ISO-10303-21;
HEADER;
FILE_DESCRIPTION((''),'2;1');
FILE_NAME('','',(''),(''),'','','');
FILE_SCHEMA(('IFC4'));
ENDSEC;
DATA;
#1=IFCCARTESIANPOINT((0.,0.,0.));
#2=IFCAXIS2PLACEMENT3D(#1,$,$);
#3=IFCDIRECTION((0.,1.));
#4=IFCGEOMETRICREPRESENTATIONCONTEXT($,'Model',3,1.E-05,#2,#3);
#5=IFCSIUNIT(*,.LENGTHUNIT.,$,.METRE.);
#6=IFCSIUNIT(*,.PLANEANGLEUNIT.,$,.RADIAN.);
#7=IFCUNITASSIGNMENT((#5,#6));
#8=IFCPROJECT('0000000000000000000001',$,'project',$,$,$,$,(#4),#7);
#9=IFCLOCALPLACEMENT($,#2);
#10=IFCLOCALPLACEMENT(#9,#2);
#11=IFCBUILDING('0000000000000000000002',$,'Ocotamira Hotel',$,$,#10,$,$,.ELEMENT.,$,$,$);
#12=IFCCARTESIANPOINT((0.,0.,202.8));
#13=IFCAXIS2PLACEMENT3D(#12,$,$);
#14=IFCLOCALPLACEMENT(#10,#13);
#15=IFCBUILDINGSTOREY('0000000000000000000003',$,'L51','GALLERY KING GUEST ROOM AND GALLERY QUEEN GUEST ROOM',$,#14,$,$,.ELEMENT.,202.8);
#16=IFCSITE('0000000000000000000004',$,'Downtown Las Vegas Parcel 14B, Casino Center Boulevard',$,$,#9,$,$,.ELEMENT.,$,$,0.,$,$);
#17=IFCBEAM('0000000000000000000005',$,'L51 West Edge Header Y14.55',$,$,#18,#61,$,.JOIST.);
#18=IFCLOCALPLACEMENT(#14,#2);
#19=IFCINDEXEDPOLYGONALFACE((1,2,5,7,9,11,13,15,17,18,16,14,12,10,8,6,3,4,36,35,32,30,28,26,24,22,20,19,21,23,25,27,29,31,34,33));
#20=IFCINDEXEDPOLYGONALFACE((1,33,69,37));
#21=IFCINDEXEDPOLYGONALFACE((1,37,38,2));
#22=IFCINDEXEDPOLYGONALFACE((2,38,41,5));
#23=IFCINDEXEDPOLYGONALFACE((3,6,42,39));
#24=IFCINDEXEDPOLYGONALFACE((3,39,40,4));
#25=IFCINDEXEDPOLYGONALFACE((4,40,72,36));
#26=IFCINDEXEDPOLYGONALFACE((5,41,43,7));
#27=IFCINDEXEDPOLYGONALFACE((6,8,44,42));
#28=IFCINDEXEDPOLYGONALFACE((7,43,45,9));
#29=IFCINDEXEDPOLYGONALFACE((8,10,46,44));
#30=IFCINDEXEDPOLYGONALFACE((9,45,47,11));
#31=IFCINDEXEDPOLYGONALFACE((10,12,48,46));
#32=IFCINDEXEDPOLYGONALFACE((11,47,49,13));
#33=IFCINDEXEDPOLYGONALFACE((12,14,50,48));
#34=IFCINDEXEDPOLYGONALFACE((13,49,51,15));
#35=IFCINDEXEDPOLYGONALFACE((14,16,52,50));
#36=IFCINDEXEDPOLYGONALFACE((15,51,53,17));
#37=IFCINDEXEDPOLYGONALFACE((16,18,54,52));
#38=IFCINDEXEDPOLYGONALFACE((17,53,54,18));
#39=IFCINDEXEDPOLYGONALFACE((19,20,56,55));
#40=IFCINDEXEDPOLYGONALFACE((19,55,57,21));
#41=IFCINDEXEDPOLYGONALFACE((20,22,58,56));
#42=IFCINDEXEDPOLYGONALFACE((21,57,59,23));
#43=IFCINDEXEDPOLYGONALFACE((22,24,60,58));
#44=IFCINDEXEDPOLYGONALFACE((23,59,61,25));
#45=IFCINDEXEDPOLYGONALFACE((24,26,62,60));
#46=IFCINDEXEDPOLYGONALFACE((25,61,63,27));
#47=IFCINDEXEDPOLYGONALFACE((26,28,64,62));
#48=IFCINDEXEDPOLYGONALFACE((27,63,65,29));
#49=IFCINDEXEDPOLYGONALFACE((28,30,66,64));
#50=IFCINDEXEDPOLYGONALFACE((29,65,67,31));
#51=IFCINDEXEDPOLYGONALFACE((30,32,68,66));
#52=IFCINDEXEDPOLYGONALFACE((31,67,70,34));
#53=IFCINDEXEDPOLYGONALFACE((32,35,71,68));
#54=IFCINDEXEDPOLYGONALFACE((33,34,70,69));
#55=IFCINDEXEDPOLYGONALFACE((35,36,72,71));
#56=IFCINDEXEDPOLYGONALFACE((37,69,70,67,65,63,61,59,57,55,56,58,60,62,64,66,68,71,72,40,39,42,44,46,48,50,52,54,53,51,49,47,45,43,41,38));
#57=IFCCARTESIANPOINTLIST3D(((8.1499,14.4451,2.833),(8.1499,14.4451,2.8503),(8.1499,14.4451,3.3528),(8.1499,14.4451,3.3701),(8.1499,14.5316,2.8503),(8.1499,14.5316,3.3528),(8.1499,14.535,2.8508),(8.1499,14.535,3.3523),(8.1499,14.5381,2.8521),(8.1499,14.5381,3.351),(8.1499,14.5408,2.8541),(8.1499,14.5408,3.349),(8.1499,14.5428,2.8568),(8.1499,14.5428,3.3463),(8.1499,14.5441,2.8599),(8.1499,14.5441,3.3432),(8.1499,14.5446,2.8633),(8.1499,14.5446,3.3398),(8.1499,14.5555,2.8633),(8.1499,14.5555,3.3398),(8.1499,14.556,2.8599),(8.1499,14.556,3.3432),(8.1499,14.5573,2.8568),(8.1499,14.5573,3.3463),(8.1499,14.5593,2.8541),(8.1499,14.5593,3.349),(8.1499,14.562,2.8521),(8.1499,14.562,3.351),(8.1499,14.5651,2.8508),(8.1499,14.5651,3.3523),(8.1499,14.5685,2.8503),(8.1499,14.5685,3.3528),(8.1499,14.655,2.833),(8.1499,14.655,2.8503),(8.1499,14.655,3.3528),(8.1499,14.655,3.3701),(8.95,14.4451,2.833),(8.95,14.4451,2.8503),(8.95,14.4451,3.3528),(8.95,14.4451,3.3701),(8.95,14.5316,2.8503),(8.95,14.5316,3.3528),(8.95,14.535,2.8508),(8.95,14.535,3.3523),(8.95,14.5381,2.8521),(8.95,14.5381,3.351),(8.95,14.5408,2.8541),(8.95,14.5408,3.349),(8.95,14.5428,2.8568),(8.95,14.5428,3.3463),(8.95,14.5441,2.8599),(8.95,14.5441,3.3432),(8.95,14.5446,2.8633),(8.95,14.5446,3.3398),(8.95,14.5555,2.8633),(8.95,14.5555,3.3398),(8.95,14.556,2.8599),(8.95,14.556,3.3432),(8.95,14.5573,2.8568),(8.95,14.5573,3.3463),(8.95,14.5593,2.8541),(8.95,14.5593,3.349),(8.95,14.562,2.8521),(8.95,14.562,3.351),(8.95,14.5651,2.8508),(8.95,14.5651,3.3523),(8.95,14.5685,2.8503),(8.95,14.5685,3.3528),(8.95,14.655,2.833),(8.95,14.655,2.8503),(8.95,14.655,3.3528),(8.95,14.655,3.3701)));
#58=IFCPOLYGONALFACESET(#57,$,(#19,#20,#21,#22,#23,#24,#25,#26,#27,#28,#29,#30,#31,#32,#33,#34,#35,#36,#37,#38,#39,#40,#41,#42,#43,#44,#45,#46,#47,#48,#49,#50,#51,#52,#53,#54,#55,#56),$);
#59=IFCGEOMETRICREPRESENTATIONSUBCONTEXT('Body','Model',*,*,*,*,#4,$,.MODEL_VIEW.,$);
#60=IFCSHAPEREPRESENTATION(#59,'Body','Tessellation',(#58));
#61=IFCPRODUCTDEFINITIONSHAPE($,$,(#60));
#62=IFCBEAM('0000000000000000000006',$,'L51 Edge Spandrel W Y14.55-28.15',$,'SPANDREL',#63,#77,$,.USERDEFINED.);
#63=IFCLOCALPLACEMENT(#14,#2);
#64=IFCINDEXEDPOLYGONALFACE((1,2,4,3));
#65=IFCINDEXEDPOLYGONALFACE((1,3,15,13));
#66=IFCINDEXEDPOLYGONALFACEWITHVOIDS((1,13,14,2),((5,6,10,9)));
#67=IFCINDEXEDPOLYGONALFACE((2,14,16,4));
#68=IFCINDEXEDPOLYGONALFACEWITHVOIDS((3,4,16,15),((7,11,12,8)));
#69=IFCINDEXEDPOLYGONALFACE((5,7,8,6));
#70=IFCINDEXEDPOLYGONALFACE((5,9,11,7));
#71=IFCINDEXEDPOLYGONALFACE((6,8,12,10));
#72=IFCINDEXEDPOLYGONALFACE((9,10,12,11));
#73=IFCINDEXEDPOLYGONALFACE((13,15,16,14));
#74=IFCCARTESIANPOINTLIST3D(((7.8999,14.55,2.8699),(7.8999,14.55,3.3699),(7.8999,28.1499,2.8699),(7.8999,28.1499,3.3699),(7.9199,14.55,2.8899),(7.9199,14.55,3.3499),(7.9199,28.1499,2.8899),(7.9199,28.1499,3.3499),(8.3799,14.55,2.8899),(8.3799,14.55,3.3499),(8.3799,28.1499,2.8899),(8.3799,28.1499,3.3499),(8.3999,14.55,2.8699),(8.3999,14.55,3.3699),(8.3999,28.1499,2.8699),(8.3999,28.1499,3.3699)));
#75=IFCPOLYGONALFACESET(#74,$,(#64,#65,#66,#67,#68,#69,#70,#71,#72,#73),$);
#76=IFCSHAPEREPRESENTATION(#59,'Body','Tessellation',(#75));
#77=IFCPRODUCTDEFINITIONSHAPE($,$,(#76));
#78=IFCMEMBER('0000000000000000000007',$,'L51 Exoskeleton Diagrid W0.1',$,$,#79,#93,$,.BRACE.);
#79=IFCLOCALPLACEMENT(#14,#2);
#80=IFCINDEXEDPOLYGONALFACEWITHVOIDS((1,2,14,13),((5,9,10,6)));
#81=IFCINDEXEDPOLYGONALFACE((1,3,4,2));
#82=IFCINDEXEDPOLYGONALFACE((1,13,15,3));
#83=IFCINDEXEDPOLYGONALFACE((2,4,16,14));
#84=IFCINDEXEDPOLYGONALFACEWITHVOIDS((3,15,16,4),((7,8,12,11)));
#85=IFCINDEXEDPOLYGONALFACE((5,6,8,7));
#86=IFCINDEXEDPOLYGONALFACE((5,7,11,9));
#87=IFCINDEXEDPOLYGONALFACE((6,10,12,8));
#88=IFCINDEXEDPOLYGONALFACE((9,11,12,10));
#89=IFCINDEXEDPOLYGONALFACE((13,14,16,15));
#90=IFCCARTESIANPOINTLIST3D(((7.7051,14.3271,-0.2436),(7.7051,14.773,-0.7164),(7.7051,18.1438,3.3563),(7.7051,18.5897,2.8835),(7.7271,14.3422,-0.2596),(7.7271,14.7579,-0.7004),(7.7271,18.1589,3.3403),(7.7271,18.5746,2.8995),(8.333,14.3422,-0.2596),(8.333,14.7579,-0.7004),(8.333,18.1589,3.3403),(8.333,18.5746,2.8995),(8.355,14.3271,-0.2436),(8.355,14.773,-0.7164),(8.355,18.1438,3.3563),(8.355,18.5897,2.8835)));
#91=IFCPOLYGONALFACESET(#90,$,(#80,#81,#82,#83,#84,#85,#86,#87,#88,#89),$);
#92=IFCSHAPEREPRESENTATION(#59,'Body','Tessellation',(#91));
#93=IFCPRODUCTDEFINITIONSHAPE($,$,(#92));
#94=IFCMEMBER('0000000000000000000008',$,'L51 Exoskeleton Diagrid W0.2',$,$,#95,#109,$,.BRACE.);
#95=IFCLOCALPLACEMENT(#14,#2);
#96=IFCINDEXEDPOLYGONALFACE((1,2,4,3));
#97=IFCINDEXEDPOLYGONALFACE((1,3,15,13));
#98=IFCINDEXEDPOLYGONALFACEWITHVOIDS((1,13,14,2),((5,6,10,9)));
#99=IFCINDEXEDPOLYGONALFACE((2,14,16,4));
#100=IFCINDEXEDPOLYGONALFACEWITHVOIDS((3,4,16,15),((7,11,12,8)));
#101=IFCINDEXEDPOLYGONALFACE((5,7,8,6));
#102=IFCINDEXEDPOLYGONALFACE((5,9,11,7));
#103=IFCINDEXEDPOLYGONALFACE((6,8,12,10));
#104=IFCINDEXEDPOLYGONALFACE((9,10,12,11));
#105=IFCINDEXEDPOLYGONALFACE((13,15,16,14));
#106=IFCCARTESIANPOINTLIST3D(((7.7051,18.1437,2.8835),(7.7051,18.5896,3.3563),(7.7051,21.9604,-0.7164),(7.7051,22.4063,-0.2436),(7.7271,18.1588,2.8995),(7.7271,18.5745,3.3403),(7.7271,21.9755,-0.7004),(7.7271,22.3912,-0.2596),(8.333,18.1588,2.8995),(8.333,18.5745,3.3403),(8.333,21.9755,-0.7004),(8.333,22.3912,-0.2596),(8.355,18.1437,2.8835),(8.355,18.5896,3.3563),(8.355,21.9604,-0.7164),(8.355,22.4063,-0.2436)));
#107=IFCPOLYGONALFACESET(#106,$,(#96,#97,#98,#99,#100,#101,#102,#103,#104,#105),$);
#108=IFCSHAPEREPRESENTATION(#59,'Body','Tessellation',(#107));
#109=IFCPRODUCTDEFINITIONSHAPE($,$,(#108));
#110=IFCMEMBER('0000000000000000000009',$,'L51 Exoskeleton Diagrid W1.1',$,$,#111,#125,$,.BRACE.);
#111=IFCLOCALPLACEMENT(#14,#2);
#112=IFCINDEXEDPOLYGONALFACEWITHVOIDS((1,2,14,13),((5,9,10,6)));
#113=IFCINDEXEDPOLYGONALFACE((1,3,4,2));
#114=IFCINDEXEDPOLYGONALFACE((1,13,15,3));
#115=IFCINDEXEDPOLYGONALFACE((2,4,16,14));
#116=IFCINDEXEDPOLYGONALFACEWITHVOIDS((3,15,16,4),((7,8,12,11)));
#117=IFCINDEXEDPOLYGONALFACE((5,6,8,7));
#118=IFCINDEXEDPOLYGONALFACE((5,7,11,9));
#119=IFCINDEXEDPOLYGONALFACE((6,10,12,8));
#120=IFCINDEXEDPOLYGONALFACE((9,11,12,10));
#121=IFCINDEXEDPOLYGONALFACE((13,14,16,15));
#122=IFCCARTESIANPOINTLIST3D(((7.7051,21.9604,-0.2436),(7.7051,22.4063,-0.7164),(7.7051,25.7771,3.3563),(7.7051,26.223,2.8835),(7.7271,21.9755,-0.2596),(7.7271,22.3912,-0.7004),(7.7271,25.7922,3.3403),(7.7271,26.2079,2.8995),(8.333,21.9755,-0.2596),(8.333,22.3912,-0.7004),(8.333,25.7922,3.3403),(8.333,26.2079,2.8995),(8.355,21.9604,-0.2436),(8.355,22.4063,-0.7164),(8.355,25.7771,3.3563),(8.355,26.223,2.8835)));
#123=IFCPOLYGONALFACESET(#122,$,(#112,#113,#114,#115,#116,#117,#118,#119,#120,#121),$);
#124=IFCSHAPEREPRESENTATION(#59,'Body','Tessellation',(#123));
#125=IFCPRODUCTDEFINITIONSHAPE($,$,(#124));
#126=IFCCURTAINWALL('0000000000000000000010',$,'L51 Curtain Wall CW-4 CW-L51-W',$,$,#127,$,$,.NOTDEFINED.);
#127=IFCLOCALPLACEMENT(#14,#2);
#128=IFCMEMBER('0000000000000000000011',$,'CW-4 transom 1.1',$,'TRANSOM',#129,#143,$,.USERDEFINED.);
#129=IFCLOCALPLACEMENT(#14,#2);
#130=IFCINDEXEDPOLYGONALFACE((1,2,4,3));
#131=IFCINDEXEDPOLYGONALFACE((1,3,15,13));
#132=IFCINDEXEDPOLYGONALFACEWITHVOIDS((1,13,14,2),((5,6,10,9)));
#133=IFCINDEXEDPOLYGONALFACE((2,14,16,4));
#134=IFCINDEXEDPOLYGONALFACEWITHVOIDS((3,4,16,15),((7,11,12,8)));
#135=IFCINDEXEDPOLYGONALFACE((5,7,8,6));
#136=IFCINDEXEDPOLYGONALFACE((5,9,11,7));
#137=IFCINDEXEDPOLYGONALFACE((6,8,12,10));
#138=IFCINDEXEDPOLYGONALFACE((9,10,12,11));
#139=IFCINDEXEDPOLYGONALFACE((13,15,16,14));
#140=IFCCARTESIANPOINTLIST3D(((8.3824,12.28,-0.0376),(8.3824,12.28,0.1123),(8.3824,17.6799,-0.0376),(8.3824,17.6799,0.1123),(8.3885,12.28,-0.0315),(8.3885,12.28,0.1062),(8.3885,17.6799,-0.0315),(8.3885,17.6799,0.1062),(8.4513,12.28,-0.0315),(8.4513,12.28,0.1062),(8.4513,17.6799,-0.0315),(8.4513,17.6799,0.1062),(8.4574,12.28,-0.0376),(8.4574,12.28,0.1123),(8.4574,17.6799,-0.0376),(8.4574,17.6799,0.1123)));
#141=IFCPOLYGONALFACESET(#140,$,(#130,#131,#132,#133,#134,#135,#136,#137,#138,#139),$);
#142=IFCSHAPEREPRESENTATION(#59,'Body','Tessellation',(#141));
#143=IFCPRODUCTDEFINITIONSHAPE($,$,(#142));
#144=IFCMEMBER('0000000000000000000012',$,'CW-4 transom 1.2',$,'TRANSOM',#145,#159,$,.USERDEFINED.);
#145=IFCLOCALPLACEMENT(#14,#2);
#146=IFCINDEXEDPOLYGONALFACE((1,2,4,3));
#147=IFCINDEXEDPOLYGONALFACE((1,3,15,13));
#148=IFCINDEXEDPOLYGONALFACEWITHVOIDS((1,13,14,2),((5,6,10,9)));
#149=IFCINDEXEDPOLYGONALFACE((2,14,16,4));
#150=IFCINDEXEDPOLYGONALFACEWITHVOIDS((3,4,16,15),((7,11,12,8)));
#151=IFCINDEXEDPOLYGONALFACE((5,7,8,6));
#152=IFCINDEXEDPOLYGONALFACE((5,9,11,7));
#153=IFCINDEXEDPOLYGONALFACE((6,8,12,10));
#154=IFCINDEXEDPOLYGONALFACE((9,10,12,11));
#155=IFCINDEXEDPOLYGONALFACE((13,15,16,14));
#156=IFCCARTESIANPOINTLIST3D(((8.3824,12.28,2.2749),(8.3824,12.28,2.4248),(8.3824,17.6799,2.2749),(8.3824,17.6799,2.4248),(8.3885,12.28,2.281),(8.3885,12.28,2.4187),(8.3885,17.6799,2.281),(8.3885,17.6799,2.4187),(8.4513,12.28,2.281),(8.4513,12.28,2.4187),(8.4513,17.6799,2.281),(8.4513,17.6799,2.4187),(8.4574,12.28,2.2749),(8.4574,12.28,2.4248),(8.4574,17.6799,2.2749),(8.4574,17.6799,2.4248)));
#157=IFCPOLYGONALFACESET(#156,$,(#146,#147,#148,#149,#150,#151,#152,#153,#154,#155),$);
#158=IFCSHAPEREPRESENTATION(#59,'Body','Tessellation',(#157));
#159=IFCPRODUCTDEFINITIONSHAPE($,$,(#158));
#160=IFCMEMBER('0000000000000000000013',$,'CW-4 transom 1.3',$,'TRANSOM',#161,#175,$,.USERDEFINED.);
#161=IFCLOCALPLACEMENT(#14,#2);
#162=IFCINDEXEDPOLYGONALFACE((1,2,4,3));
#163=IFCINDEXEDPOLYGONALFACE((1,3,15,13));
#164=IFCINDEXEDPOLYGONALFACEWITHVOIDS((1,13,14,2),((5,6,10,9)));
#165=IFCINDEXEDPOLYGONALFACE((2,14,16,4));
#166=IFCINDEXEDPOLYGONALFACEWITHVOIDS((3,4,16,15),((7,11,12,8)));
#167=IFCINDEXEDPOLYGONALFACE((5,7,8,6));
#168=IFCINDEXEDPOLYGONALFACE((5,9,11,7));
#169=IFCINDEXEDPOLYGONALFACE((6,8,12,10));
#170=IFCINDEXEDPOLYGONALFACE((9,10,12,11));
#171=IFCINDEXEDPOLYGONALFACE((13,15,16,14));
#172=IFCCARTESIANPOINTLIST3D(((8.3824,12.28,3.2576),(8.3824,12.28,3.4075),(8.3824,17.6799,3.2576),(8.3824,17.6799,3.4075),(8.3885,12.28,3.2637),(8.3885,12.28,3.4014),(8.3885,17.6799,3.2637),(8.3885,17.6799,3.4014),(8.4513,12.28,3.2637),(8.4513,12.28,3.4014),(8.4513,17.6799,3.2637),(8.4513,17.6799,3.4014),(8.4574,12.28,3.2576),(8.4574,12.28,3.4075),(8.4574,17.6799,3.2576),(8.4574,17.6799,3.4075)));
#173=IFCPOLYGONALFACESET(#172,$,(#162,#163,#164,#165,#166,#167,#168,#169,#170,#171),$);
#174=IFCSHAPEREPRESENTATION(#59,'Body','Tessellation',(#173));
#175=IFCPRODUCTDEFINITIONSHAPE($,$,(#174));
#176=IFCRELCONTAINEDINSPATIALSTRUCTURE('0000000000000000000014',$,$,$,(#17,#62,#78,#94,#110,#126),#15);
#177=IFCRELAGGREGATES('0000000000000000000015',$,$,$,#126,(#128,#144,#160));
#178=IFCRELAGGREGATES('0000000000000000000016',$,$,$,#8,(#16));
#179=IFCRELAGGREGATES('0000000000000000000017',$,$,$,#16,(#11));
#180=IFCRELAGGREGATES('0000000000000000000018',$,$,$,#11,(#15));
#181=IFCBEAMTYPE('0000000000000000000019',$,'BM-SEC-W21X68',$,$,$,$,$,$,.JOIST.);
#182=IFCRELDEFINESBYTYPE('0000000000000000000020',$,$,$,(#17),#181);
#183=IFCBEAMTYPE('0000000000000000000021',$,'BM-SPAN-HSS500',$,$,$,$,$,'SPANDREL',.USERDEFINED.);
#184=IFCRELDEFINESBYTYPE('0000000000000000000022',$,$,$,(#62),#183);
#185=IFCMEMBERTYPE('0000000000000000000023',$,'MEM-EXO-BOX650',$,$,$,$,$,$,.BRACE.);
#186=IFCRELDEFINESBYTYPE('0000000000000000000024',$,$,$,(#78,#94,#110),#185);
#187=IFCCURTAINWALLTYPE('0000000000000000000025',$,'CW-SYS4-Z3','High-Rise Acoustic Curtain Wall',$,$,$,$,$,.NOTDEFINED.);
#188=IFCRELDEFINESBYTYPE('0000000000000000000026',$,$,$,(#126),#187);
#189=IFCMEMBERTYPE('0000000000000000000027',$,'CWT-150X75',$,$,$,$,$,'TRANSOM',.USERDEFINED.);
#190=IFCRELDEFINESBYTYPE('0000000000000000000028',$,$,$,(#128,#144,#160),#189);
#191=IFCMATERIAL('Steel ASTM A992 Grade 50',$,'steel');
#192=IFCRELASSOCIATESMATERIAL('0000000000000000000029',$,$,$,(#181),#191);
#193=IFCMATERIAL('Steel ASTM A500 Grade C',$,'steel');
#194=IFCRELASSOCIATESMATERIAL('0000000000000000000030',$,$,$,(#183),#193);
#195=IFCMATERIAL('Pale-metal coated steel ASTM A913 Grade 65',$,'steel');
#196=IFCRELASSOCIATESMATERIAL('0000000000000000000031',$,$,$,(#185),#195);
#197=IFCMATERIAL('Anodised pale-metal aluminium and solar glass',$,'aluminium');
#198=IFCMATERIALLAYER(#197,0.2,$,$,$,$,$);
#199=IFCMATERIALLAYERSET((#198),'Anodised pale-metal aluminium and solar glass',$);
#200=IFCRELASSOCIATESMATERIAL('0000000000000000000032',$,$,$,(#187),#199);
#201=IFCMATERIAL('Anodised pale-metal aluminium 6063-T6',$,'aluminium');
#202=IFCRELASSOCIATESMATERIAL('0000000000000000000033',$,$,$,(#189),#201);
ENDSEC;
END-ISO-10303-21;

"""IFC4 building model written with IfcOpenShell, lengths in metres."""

from ifc_helpers import new_model, si_unit, direction, frame, origin, origin_2d, place, context, subcontext, project, spatial, hollow_rectangle, i_section, extrude, source, transform, mapped, material, layer, layer_set, material_profile, profile_set, type_object, element, aggregate, save


model = new_model("IFC4")

# Units and contexts
model_context = context("Model", 3, precision=1e-05, world=origin(), true_north=direction((0.0, 1.0)))
body_context = subcontext(model_context, "Body", "Model", "MODEL_VIEW")
ifc_project = project(units=[si_unit("LENGTHUNIT", "METRE"), si_unit("PLANEANGLEUNIT", "RADIAN")], contexts=[model_context])

# Site, building, storey
site_placement = place(None, origin())
site = spatial("IfcSite", under=ifc_project, at=site_placement, Name="Downtown Las Vegas Parcel 14B, Casino Center Boulevard", CompositionType="ELEMENT", RefElevation=0.0)
building_placement = place(site_placement, origin())
building = spatial("IfcBuilding", under=site, at=building_placement, Name="Ocotamira Hotel", CompositionType="ELEMENT")
storey_placement = place(building_placement, frame((0.0, 0.0, 202.8)))
storey = spatial("IfcBuildingStorey", under=building, at=storey_placement, Name="L51", Description="GALLERY KING GUEST ROOM AND GALLERY QUEEN GUEST ROOM", CompositionType="ELEMENT", Elevation=202.8)

# Beams
ifc_material_1 = material(Name="Steel ASTM A992 Grade 50", Category="steel")
ifc_material_profile_1 = material_profile(ifc_material_1, i_section(OverallWidth=0.21, OverallDepth=0.5371, WebThickness=0.011, FlangeThickness=0.0173, FilletRadius=0.0129, at=origin_2d()), Name="W21X68")
ifc_profile_set_1 = profile_set([ifc_material_profile_1], Name="Steel ASTM A992 Grade 50")
beam_type_1 = type_object("IfcBeamType", Name="BM-SEC-W21X68", PredefinedType="JOIST", material=ifc_profile_set_1)
shared_shape_1 = source(origin(), body_context, "Body", "SweptSolid", [
    extrude(i_section(OverallWidth=0.21, OverallDepth=0.5371, WebThickness=0.011, FlangeThickness=0.0173, FilletRadius=0.0129, at=origin_2d()), origin(), (0.0, 0.0, 1.0), 0.8),
])
beam_1_placement = place(storey_placement, frame((8.95, 14.55, 3.1016), z_axis=(-1.0, 0.0, 0.0), x_axis=(0.0, -1.0, 0.0)))
element("IfcBeam", 1, at=beam_1_placement, inside=storey, type_object=beam_type_1, Name="L51 West Edge Header Y14.55", PredefinedType="JOIST", context=body_context, shape_type="MappedRepresentation", body=[
    mapped(shared_shape_1, transform((0.0, 0.0, 0.0), scale=1.0)),
])
ifc_material_2 = material(Name="Steel ASTM A500 Grade C", Category="steel")
ifc_material_profile_2 = material_profile(ifc_material_2, hollow_rectangle(XDim=0.5, YDim=0.5, WallThickness=0.02, at=origin_2d()), Name="HSS500X500X20")
ifc_profile_set_2 = profile_set([ifc_material_profile_2], Name="Steel ASTM A500 Grade C")
beam_type_2 = type_object("IfcBeamType", Name="BM-SPAN-HSS500", ElementType="SPANDREL", PredefinedType="USERDEFINED", material=ifc_profile_set_2)
shared_shape_2 = source(origin(), body_context, "Body", "SweptSolid", [
    extrude(hollow_rectangle(XDim=0.5, YDim=0.5, WallThickness=0.02, at=origin_2d()), origin(), (0.0, 0.0, 1.0), 13.5999),
])
beam_2_placement = place(storey_placement, frame((8.1499, 14.55, 3.1199), z_axis=(0.0, 1.0, 0.0), x_axis=(-1.0, 0.0, 0.0)))
element("IfcBeam", 2, at=beam_2_placement, inside=storey, type_object=beam_type_2, Name="L51 Edge Spandrel W Y14.55-28.15", ObjectType="SPANDREL", PredefinedType="USERDEFINED", context=body_context, shape_type="MappedRepresentation", body=[
    mapped(shared_shape_2, transform((0.0, 0.0, 0.0), scale=1.0)),
])

# Members
ifc_material_3 = material(Name="Pale-metal coated steel ASTM A913 Grade 65", Category="steel")
ifc_material_profile_3 = material_profile(ifc_material_3, hollow_rectangle(XDim=0.6499, YDim=0.6499, WallThickness=0.022, at=origin_2d()), Name="BOX650X650X22")
ifc_profile_set_3 = profile_set([ifc_material_profile_3], Name="Pale-metal coated steel ASTM A913 Grade 65")
member_type_1 = type_object("IfcMemberType", Name="MEM-EXO-BOX650", PredefinedType="BRACE", material=ifc_profile_set_3)
shared_shape_3 = source(origin(), body_context, "Body", "SweptSolid", [
    extrude(hollow_rectangle(XDim=0.6499, YDim=0.6499, WallThickness=0.022, at=origin_2d()), origin(), (0.0, 0.0, 1.0), 5.2466),
])
for number, where, z_axis, x_axis, name in (
    (3, (8.03, 14.55, -0.48), (0.0, 0.727466, 0.686144), (-1.0, 0.0, 0.0), "L51 Exoskeleton Diagrid W0.1"),
    (4, (8.03, 22.1833, -0.48), (0.0, -0.727466, 0.686144), (1.0, 0.0, 0.0), "L51 Exoskeleton Diagrid W0.2"),
    (5, (8.03, 22.1833, -0.48), (0.0, 0.727466, 0.686144), (-1.0, 0.0, 0.0), "L51 Exoskeleton Diagrid W1.1"),
):
    element("IfcMember", number, at=place(storey_placement, frame(where, z_axis=z_axis, x_axis=x_axis)), inside=storey, type_object=member_type_1, Name=name, PredefinedType="BRACE", context=body_context, shape_type="MappedRepresentation", body=[
        mapped(shared_shape_3, transform((0.0, 0.0, 0.0), scale=1.0)),
    ])

# Curtain wall, members
ifc_material_4 = material(Name="Anodised pale-metal aluminium and solar glass", Category="aluminium")
ifc_layer_1 = layer(ifc_material_4, 0.2)
ifc_layer_set_1 = layer_set([ifc_layer_1], Name="Anodised pale-metal aluminium and solar glass")
curtain_wall_type = type_object("IfcCurtainWallType", Name="CW-SYS4-Z3", Description="High-Rise Acoustic Curtain Wall", PredefinedType="NOTDEFINED", material=ifc_layer_set_1)
curtain_wall_placement = place(storey_placement, origin())
curtain_wall = element("IfcCurtainWall", 6, at=curtain_wall_placement, inside=storey, type_object=curtain_wall_type, Name="L51 Curtain Wall CW-4 CW-L51-W", PredefinedType="NOTDEFINED")
ifc_material_5 = material(Name="Anodised pale-metal aluminium 6063-T6", Category="aluminium")
ifc_material_profile_4 = material_profile(ifc_material_5, hollow_rectangle(XDim=0.075, YDim=0.1499, WallThickness=0.0061, at=origin_2d()), Name="HSS150X75X6")
ifc_profile_set_4 = profile_set([ifc_material_profile_4], Name="Anodised pale-metal aluminium 6063-T6")
member_type_2 = type_object("IfcMemberType", Name="CWT-150X75", ElementType="TRANSOM", PredefinedType="USERDEFINED", material=ifc_profile_set_4)
shared_shape_4 = source(origin(), body_context, "Body", "SweptSolid", [
    extrude(hollow_rectangle(XDim=0.075, YDim=0.1499, WallThickness=0.0061, at=origin_2d()), origin(), (0.0, 0.0, 1.0), 5.3999),
])
member_1_placement = place(storey_placement, frame((8.4199, 12.28, 0.0374), z_axis=(0.0, 1.0, 0.0), x_axis=(-1.0, 0.0, 0.0)))
member_1 = element("IfcMember", 7, at=member_1_placement, type_object=member_type_2, Name="CW-4 transom 1.1", ObjectType="TRANSOM", PredefinedType="USERDEFINED", context=body_context, shape_type="MappedRepresentation", body=[
    mapped(shared_shape_4, transform((0.0, 0.0, 0.0), scale=1.0)),
])
member_2_placement = place(storey_placement, frame((8.4199, 12.28, 2.3499), z_axis=(0.0, 1.0, 0.0), x_axis=(-1.0, 0.0, 0.0)))
member_2 = element("IfcMember", 8, at=member_2_placement, type_object=member_type_2, Name="CW-4 transom 1.2", ObjectType="TRANSOM", PredefinedType="USERDEFINED", context=body_context, shape_type="MappedRepresentation", body=[
    mapped(shared_shape_4, transform((0.0, 0.0, 0.0), scale=1.0)),
])
member_3_placement = place(storey_placement, frame((8.4199, 12.28, 3.3325), z_axis=(0.0, 1.0, 0.0), x_axis=(-1.0, 0.0, 0.0)))
member_3 = element("IfcMember", 9, at=member_3_placement, type_object=member_type_2, Name="CW-4 transom 1.3", ObjectType="TRANSOM", PredefinedType="USERDEFINED", context=body_context, shape_type="MappedRepresentation", body=[
    mapped(shared_shape_4, transform((0.0, 0.0, 0.0), scale=1.0)),
])

aggregate(curtain_wall, [member_1, member_2, member_3])

save(model, "model.ifc")
